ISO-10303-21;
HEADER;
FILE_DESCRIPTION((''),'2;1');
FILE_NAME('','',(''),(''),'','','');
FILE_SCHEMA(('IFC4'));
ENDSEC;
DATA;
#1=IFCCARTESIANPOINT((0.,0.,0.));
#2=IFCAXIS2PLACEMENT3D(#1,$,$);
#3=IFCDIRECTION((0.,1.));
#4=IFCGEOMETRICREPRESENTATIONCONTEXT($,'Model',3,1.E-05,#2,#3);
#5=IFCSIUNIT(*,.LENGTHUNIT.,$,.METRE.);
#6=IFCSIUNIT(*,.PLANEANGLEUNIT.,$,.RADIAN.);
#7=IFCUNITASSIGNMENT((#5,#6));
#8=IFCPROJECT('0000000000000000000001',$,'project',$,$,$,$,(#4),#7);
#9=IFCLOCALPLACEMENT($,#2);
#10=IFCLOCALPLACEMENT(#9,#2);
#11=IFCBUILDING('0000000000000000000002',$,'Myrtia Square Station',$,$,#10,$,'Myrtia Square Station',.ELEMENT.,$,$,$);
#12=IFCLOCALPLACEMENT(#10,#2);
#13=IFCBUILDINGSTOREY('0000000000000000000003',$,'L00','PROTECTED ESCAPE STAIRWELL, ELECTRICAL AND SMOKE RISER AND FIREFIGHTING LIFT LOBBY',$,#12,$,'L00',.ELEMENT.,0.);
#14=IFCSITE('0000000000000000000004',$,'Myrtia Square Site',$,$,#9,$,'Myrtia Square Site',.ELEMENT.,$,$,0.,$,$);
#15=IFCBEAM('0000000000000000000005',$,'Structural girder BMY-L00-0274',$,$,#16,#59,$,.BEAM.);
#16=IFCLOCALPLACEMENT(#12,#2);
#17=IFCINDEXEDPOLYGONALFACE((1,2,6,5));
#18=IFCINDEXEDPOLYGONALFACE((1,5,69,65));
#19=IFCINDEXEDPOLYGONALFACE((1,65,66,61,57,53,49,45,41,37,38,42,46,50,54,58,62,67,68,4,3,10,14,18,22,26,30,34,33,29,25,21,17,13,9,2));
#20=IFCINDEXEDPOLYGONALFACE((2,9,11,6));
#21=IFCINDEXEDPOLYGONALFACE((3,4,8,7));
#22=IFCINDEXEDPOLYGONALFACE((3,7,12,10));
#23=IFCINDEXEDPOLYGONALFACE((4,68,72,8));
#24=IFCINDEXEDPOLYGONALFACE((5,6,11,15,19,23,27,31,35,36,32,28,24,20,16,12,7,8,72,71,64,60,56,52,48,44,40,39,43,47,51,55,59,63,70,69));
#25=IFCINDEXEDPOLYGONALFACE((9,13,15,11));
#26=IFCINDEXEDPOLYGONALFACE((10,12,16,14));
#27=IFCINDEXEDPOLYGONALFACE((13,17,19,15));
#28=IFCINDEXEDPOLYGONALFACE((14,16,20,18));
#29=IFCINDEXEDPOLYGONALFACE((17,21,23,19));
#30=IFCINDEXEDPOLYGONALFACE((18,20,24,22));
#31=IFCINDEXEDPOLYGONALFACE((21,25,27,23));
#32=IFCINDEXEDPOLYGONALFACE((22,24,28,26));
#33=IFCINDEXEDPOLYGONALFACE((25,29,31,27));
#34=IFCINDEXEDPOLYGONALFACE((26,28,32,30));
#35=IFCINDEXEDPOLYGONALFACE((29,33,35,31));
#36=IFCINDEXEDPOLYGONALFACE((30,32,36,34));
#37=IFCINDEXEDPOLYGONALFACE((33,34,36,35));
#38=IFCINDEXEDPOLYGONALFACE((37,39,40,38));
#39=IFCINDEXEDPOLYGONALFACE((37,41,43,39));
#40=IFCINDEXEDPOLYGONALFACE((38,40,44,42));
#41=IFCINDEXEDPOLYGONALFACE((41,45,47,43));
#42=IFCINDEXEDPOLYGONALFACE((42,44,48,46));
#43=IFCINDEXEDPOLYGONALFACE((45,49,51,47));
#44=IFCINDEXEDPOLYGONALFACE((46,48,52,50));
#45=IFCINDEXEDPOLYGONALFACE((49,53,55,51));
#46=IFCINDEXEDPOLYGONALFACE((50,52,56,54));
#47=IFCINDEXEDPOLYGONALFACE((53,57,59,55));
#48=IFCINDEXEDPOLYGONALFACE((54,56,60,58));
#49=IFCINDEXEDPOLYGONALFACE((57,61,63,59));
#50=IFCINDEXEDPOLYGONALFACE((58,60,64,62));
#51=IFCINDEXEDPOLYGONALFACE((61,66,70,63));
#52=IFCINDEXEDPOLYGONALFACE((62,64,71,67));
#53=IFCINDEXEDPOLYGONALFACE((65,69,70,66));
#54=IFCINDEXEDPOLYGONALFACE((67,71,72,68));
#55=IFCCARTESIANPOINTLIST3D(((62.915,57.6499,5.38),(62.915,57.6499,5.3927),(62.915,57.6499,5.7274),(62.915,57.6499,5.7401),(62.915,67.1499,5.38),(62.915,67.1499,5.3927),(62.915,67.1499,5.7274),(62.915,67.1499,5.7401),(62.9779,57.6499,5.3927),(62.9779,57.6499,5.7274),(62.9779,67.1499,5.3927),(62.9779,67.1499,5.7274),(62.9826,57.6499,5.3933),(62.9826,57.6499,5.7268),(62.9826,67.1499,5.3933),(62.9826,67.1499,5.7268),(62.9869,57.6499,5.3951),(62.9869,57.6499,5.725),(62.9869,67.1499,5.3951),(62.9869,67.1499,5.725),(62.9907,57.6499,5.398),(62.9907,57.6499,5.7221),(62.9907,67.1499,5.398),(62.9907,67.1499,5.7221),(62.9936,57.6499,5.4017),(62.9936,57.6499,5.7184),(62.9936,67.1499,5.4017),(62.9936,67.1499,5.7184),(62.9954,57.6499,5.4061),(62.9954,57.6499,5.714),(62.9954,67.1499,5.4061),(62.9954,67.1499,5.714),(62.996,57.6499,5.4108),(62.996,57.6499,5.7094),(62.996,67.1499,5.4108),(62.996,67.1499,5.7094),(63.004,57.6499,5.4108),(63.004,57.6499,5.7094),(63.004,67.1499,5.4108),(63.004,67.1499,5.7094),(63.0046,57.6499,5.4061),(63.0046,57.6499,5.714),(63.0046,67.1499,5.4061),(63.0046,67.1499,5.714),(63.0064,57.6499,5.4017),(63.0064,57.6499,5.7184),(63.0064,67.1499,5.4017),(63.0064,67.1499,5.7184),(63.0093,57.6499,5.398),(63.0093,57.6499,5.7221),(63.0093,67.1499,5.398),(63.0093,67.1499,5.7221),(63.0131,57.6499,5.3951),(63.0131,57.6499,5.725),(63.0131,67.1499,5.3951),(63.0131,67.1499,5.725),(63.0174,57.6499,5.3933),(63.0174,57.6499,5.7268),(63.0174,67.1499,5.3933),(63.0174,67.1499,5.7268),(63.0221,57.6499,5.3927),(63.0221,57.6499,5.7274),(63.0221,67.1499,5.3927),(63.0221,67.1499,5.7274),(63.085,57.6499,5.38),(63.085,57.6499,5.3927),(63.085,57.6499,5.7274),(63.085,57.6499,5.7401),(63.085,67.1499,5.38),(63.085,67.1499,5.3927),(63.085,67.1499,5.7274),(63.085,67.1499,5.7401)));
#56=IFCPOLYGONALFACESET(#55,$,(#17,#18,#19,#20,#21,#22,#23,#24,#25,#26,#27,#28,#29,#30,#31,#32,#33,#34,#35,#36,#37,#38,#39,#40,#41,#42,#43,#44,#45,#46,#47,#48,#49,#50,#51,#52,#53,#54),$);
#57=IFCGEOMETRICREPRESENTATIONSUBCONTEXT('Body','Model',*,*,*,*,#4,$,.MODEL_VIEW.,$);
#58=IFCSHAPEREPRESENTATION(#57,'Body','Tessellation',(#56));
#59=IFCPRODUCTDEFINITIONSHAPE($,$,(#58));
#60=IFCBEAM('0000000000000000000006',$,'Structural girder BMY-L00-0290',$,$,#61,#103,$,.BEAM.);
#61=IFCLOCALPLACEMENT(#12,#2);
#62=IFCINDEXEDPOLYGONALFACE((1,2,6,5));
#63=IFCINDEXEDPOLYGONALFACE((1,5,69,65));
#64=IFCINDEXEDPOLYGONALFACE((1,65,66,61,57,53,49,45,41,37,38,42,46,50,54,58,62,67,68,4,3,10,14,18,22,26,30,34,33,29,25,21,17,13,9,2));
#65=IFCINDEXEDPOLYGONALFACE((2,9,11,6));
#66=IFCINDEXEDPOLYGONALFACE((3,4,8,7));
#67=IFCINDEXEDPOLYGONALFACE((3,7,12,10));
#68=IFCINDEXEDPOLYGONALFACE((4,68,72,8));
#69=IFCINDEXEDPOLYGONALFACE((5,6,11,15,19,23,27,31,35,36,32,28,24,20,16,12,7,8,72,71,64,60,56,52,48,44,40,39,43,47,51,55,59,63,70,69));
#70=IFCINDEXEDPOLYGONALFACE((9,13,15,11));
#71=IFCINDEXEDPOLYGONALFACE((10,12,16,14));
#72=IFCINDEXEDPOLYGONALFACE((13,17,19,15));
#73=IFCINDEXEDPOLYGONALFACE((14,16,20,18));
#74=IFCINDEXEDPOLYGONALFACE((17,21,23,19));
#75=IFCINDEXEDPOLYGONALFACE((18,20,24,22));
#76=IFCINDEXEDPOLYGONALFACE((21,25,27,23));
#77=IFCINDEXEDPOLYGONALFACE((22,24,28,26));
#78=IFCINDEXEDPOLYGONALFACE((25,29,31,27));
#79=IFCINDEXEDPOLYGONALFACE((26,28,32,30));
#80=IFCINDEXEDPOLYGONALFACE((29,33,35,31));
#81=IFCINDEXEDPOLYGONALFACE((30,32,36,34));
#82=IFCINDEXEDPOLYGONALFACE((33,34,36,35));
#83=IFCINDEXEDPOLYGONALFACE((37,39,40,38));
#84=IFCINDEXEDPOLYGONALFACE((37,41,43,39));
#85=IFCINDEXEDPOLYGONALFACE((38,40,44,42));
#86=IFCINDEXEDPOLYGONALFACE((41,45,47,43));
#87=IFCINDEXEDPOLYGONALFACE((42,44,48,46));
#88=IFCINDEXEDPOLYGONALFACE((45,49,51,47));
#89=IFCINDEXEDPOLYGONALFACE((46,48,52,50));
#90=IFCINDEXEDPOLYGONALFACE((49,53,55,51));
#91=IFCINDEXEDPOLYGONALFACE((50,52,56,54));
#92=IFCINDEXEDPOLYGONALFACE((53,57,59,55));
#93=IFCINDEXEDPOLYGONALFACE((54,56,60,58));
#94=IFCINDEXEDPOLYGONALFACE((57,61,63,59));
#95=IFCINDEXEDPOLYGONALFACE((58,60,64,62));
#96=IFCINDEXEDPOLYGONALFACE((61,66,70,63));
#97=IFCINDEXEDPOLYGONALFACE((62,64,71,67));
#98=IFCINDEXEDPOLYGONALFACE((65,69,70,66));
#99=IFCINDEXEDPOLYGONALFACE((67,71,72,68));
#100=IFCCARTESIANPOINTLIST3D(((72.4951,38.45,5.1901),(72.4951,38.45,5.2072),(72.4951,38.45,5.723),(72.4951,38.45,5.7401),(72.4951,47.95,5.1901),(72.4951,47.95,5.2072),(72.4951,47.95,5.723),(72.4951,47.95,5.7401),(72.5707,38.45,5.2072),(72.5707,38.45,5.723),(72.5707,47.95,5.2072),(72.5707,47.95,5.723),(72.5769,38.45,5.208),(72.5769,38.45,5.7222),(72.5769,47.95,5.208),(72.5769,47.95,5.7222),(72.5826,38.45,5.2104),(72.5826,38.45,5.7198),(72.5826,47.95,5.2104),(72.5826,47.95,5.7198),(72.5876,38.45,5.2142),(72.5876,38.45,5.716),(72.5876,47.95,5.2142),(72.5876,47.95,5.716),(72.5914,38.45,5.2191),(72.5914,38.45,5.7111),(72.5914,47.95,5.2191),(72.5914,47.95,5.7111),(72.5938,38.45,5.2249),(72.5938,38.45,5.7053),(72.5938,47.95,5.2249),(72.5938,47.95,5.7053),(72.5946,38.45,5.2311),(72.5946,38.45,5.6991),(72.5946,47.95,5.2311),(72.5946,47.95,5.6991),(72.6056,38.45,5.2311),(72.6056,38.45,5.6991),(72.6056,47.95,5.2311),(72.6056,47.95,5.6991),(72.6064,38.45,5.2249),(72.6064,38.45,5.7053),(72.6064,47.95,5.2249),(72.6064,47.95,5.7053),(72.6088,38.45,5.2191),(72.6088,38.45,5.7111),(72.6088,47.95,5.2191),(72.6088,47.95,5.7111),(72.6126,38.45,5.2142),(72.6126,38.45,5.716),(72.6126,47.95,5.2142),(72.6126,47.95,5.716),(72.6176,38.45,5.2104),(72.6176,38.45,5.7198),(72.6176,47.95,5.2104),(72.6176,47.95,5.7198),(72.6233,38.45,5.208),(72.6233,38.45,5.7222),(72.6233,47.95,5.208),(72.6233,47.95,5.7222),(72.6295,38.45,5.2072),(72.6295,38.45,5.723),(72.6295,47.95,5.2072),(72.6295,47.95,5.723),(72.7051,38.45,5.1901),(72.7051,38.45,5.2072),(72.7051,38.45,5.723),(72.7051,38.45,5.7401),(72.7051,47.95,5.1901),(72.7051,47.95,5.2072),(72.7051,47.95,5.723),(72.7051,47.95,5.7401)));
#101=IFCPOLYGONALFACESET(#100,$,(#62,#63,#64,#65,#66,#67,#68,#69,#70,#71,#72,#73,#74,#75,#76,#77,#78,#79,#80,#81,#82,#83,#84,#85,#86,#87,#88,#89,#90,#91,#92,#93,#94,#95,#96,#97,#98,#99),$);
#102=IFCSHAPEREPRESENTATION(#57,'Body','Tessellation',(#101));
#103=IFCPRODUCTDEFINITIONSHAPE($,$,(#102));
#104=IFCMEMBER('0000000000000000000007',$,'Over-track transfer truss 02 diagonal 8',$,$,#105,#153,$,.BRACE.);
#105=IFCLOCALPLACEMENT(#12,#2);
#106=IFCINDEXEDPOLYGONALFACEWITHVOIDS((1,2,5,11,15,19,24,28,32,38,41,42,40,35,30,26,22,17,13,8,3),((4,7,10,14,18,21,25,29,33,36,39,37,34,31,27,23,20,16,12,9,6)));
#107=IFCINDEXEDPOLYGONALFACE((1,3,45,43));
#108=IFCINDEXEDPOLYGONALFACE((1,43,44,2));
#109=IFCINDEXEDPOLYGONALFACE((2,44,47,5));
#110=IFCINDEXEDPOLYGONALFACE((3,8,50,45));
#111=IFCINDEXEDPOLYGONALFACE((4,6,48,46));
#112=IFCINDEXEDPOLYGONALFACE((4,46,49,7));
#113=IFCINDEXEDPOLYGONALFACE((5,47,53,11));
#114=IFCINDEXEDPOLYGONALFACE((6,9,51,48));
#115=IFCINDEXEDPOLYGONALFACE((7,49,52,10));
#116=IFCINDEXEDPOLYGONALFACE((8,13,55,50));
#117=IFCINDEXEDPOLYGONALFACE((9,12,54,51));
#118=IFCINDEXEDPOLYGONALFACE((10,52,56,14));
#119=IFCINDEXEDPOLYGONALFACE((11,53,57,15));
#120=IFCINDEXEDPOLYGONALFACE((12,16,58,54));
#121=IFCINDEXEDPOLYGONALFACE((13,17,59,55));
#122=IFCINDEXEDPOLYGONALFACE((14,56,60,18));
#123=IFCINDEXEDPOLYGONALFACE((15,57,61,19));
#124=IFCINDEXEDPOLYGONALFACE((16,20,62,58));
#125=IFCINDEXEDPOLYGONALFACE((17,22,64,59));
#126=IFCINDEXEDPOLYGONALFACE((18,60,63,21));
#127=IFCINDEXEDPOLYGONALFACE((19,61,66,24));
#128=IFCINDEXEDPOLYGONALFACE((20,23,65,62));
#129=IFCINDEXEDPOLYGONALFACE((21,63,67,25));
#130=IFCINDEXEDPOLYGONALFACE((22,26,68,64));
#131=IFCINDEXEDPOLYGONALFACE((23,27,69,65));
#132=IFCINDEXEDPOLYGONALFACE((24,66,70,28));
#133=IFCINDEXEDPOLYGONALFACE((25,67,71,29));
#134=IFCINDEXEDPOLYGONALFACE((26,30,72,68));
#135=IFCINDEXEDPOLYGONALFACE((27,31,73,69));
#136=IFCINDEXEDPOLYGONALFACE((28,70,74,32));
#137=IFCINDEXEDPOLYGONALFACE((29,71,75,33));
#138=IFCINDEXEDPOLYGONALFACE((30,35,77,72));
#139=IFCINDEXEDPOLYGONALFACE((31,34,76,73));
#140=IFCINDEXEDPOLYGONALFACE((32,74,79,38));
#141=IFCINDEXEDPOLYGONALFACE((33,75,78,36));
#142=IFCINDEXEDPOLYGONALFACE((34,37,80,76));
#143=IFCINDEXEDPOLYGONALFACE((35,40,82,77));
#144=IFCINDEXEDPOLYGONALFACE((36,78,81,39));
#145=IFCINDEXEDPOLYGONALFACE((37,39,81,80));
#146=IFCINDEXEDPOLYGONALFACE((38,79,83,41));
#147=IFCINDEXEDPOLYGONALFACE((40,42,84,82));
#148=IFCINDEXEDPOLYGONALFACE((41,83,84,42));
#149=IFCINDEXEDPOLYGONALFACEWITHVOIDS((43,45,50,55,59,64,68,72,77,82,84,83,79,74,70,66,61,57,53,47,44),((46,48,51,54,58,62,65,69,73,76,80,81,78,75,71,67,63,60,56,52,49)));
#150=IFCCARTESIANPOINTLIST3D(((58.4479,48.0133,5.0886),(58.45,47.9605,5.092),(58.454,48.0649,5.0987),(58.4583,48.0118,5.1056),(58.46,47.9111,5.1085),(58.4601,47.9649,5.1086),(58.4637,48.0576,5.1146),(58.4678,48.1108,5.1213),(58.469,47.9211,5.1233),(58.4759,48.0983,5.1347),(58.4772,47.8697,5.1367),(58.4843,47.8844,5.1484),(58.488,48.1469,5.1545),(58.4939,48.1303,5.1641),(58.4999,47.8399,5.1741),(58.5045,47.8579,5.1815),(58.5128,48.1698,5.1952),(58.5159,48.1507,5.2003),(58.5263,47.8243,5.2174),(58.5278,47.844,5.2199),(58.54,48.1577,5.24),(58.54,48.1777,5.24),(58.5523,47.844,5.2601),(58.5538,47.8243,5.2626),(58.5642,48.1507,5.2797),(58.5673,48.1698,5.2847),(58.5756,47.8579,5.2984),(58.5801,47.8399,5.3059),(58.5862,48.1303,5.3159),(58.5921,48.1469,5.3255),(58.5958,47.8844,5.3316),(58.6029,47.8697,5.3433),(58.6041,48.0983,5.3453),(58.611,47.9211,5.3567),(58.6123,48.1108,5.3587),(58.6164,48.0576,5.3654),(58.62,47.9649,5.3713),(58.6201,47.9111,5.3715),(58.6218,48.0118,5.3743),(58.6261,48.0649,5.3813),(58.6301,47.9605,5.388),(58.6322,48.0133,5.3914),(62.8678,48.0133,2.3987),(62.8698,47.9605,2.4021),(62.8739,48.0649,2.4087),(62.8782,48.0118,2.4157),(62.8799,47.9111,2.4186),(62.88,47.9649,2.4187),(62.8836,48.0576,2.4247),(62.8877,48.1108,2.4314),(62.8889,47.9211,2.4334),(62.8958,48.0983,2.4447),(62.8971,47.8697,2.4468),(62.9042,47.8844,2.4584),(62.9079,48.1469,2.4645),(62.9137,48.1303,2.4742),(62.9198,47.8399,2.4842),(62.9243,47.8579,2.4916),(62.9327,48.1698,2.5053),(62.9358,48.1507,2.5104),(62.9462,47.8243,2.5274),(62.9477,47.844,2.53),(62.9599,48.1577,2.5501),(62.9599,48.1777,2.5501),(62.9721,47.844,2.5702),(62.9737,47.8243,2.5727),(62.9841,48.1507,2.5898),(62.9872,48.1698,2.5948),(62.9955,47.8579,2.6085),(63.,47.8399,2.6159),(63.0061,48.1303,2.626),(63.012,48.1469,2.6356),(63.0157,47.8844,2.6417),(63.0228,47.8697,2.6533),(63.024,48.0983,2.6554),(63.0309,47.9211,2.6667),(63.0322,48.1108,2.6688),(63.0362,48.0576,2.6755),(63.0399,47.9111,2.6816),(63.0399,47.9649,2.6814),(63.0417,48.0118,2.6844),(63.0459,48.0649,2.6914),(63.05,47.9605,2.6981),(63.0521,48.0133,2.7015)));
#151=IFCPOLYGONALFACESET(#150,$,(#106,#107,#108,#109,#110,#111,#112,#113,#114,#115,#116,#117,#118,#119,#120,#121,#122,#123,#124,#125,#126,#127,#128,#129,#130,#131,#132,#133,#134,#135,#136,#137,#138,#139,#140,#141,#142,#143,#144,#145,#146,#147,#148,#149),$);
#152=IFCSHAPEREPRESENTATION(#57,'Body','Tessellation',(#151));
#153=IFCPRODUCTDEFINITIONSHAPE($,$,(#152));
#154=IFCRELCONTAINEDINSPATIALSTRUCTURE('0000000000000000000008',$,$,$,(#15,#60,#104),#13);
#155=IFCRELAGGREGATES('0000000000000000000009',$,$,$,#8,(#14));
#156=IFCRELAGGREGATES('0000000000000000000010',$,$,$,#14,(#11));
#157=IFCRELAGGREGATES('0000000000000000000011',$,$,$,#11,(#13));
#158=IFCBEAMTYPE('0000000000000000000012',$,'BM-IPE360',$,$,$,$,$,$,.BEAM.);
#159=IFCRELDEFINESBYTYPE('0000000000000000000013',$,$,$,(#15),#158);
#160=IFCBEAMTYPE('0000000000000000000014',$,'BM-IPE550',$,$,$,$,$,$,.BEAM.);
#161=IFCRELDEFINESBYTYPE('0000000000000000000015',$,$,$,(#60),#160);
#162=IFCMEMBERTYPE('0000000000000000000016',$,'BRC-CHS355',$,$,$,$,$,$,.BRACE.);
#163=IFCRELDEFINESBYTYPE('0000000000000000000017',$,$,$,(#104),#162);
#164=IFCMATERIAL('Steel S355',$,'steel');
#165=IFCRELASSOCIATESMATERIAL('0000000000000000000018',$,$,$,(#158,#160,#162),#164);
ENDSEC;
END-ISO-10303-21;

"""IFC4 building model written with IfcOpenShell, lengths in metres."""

from ifc_helpers import new_model, si_unit, direction, frame, origin, origin_2d, place, context, subcontext, project, spatial, hollow_circle, i_section, extrude, material, material_profile, profile_set, type_object, element, save


model = new_model("IFC4")

# Units and contexts
model_context = context("Model", 3, precision=1e-05, world=origin(), true_north=direction((0.0, 1.0)))
body_context = subcontext(model_context, "Body", "Model", "MODEL_VIEW")
ifc_project = project(units=[si_unit("LENGTHUNIT", "METRE"), si_unit("PLANEANGLEUNIT", "RADIAN")], contexts=[model_context])

# Site, building, storey
site_placement = place(None, origin())
site = spatial("IfcSite", under=ifc_project, at=site_placement, Name="Myrtia Square Site", LongName="Myrtia Square Site", CompositionType="ELEMENT", RefElevation=0.0)
building_placement = place(site_placement, origin())
building = spatial("IfcBuilding", under=site, at=building_placement, Name="Myrtia Square Station", LongName="Myrtia Square Station", CompositionType="ELEMENT")
storey_placement = place(building_placement, origin())
storey = spatial("IfcBuildingStorey", under=building, at=storey_placement, Name="L00", Description="PROTECTED ESCAPE STAIRWELL, ELECTRICAL AND SMOKE RISER AND FIREFIGHTING LIFT LOBBY", LongName="L00", CompositionType="ELEMENT", Elevation=0.0)

# Shared definitions
ifc_material_1 = material(Name="Steel S355", Category="steel")

# Beams
ifc_material_profile_1 = material_profile(ifc_material_1, i_section(OverallWidth=0.1699, OverallDepth=0.3601, WebThickness=0.0081, FlangeThickness=0.0127, FilletRadius=0.0181, at=origin_2d()), Name="IPE 360")
ifc_profile_set_1 = profile_set([ifc_material_profile_1], Name="Steel S355")
beam_type_1 = type_object("IfcBeamType", Name="BM-IPE360", PredefinedType="BEAM", material=ifc_profile_set_1)
for number, where, z_axis, x_axis, name in (
    (1, (63.0, 57.6499, 5.5601), (0.0, 1.0, 0.0), (-1.0, 0.0, 0.0), "Structural girder BMY-L00-0274"),
):
    element("IfcBeam", number, at=place(storey_placement, frame(where, z_axis=z_axis, x_axis=x_axis)), inside=storey, type_object=beam_type_1, Name=name, PredefinedType="BEAM", context=body_context, shape_type="SweptSolid", body=[
        extrude(i_section(OverallWidth=0.1699, OverallDepth=0.3601, WebThickness=0.0081, FlangeThickness=0.0127, FilletRadius=0.0181, at=origin_2d()), origin(), (0.0, 0.0, 1.0), 9.5),
    ])
ifc_material_profile_2 = material_profile(ifc_material_1, i_section(OverallWidth=0.21, OverallDepth=0.55, WebThickness=0.011, FlangeThickness=0.0171, FilletRadius=0.0239, at=origin_2d()), Name="IPE 550")
ifc_profile_set_2 = profile_set([ifc_material_profile_2], Name="Steel S355")
beam_type_2 = type_object("IfcBeamType", Name="BM-IPE550", PredefinedType="BEAM", material=ifc_profile_set_2)
beam_1_placement = place(storey_placement, frame((72.6001, 38.45, 5.4651), z_axis=(0.0, 1.0, 0.0), x_axis=(-1.0, 0.0, 0.0)))
element("IfcBeam", 2, at=beam_1_placement, inside=storey, type_object=beam_type_2, Name="Structural girder BMY-L00-0290", PredefinedType="BEAM", context=body_context, shape_type="SweptSolid", body=[
    extrude(i_section(OverallWidth=0.21, OverallDepth=0.55, WebThickness=0.011, FlangeThickness=0.0171, FilletRadius=0.0239, at=origin_2d()), origin(), (0.0, 0.0, 1.0), 9.5),
])

# Member
ifc_material_profile_3 = material_profile(ifc_material_1, hollow_circle(Radius=0.1777, WallThickness=0.02, at=origin_2d()), Name="CHS 355.6x20")
ifc_profile_set_3 = profile_set([ifc_material_profile_3], Name="Steel S355")
member_type = type_object("IfcMemberType", Name="BRC-CHS355", PredefinedType="BRACE", material=ifc_profile_set_3)
member_placement = place(storey_placement, frame((58.54, 48.0, 5.24), z_axis=(0.854237, 0.0, -0.519884), x_axis=(0.0, 1.0, 0.0)))
element("IfcMember", 3, at=member_placement, inside=storey, type_object=member_type, Name="Over-track transfer truss 02 diagonal 8", PredefinedType="BRACE", context=body_context, shape_type="SweptSolid", body=[
    extrude(hollow_circle(Radius=0.1777, WallThickness=0.02, at=origin_2d()), origin(), (0.0, 0.0, 1.0), 5.1741),
])

save(model, "model.ifc")
